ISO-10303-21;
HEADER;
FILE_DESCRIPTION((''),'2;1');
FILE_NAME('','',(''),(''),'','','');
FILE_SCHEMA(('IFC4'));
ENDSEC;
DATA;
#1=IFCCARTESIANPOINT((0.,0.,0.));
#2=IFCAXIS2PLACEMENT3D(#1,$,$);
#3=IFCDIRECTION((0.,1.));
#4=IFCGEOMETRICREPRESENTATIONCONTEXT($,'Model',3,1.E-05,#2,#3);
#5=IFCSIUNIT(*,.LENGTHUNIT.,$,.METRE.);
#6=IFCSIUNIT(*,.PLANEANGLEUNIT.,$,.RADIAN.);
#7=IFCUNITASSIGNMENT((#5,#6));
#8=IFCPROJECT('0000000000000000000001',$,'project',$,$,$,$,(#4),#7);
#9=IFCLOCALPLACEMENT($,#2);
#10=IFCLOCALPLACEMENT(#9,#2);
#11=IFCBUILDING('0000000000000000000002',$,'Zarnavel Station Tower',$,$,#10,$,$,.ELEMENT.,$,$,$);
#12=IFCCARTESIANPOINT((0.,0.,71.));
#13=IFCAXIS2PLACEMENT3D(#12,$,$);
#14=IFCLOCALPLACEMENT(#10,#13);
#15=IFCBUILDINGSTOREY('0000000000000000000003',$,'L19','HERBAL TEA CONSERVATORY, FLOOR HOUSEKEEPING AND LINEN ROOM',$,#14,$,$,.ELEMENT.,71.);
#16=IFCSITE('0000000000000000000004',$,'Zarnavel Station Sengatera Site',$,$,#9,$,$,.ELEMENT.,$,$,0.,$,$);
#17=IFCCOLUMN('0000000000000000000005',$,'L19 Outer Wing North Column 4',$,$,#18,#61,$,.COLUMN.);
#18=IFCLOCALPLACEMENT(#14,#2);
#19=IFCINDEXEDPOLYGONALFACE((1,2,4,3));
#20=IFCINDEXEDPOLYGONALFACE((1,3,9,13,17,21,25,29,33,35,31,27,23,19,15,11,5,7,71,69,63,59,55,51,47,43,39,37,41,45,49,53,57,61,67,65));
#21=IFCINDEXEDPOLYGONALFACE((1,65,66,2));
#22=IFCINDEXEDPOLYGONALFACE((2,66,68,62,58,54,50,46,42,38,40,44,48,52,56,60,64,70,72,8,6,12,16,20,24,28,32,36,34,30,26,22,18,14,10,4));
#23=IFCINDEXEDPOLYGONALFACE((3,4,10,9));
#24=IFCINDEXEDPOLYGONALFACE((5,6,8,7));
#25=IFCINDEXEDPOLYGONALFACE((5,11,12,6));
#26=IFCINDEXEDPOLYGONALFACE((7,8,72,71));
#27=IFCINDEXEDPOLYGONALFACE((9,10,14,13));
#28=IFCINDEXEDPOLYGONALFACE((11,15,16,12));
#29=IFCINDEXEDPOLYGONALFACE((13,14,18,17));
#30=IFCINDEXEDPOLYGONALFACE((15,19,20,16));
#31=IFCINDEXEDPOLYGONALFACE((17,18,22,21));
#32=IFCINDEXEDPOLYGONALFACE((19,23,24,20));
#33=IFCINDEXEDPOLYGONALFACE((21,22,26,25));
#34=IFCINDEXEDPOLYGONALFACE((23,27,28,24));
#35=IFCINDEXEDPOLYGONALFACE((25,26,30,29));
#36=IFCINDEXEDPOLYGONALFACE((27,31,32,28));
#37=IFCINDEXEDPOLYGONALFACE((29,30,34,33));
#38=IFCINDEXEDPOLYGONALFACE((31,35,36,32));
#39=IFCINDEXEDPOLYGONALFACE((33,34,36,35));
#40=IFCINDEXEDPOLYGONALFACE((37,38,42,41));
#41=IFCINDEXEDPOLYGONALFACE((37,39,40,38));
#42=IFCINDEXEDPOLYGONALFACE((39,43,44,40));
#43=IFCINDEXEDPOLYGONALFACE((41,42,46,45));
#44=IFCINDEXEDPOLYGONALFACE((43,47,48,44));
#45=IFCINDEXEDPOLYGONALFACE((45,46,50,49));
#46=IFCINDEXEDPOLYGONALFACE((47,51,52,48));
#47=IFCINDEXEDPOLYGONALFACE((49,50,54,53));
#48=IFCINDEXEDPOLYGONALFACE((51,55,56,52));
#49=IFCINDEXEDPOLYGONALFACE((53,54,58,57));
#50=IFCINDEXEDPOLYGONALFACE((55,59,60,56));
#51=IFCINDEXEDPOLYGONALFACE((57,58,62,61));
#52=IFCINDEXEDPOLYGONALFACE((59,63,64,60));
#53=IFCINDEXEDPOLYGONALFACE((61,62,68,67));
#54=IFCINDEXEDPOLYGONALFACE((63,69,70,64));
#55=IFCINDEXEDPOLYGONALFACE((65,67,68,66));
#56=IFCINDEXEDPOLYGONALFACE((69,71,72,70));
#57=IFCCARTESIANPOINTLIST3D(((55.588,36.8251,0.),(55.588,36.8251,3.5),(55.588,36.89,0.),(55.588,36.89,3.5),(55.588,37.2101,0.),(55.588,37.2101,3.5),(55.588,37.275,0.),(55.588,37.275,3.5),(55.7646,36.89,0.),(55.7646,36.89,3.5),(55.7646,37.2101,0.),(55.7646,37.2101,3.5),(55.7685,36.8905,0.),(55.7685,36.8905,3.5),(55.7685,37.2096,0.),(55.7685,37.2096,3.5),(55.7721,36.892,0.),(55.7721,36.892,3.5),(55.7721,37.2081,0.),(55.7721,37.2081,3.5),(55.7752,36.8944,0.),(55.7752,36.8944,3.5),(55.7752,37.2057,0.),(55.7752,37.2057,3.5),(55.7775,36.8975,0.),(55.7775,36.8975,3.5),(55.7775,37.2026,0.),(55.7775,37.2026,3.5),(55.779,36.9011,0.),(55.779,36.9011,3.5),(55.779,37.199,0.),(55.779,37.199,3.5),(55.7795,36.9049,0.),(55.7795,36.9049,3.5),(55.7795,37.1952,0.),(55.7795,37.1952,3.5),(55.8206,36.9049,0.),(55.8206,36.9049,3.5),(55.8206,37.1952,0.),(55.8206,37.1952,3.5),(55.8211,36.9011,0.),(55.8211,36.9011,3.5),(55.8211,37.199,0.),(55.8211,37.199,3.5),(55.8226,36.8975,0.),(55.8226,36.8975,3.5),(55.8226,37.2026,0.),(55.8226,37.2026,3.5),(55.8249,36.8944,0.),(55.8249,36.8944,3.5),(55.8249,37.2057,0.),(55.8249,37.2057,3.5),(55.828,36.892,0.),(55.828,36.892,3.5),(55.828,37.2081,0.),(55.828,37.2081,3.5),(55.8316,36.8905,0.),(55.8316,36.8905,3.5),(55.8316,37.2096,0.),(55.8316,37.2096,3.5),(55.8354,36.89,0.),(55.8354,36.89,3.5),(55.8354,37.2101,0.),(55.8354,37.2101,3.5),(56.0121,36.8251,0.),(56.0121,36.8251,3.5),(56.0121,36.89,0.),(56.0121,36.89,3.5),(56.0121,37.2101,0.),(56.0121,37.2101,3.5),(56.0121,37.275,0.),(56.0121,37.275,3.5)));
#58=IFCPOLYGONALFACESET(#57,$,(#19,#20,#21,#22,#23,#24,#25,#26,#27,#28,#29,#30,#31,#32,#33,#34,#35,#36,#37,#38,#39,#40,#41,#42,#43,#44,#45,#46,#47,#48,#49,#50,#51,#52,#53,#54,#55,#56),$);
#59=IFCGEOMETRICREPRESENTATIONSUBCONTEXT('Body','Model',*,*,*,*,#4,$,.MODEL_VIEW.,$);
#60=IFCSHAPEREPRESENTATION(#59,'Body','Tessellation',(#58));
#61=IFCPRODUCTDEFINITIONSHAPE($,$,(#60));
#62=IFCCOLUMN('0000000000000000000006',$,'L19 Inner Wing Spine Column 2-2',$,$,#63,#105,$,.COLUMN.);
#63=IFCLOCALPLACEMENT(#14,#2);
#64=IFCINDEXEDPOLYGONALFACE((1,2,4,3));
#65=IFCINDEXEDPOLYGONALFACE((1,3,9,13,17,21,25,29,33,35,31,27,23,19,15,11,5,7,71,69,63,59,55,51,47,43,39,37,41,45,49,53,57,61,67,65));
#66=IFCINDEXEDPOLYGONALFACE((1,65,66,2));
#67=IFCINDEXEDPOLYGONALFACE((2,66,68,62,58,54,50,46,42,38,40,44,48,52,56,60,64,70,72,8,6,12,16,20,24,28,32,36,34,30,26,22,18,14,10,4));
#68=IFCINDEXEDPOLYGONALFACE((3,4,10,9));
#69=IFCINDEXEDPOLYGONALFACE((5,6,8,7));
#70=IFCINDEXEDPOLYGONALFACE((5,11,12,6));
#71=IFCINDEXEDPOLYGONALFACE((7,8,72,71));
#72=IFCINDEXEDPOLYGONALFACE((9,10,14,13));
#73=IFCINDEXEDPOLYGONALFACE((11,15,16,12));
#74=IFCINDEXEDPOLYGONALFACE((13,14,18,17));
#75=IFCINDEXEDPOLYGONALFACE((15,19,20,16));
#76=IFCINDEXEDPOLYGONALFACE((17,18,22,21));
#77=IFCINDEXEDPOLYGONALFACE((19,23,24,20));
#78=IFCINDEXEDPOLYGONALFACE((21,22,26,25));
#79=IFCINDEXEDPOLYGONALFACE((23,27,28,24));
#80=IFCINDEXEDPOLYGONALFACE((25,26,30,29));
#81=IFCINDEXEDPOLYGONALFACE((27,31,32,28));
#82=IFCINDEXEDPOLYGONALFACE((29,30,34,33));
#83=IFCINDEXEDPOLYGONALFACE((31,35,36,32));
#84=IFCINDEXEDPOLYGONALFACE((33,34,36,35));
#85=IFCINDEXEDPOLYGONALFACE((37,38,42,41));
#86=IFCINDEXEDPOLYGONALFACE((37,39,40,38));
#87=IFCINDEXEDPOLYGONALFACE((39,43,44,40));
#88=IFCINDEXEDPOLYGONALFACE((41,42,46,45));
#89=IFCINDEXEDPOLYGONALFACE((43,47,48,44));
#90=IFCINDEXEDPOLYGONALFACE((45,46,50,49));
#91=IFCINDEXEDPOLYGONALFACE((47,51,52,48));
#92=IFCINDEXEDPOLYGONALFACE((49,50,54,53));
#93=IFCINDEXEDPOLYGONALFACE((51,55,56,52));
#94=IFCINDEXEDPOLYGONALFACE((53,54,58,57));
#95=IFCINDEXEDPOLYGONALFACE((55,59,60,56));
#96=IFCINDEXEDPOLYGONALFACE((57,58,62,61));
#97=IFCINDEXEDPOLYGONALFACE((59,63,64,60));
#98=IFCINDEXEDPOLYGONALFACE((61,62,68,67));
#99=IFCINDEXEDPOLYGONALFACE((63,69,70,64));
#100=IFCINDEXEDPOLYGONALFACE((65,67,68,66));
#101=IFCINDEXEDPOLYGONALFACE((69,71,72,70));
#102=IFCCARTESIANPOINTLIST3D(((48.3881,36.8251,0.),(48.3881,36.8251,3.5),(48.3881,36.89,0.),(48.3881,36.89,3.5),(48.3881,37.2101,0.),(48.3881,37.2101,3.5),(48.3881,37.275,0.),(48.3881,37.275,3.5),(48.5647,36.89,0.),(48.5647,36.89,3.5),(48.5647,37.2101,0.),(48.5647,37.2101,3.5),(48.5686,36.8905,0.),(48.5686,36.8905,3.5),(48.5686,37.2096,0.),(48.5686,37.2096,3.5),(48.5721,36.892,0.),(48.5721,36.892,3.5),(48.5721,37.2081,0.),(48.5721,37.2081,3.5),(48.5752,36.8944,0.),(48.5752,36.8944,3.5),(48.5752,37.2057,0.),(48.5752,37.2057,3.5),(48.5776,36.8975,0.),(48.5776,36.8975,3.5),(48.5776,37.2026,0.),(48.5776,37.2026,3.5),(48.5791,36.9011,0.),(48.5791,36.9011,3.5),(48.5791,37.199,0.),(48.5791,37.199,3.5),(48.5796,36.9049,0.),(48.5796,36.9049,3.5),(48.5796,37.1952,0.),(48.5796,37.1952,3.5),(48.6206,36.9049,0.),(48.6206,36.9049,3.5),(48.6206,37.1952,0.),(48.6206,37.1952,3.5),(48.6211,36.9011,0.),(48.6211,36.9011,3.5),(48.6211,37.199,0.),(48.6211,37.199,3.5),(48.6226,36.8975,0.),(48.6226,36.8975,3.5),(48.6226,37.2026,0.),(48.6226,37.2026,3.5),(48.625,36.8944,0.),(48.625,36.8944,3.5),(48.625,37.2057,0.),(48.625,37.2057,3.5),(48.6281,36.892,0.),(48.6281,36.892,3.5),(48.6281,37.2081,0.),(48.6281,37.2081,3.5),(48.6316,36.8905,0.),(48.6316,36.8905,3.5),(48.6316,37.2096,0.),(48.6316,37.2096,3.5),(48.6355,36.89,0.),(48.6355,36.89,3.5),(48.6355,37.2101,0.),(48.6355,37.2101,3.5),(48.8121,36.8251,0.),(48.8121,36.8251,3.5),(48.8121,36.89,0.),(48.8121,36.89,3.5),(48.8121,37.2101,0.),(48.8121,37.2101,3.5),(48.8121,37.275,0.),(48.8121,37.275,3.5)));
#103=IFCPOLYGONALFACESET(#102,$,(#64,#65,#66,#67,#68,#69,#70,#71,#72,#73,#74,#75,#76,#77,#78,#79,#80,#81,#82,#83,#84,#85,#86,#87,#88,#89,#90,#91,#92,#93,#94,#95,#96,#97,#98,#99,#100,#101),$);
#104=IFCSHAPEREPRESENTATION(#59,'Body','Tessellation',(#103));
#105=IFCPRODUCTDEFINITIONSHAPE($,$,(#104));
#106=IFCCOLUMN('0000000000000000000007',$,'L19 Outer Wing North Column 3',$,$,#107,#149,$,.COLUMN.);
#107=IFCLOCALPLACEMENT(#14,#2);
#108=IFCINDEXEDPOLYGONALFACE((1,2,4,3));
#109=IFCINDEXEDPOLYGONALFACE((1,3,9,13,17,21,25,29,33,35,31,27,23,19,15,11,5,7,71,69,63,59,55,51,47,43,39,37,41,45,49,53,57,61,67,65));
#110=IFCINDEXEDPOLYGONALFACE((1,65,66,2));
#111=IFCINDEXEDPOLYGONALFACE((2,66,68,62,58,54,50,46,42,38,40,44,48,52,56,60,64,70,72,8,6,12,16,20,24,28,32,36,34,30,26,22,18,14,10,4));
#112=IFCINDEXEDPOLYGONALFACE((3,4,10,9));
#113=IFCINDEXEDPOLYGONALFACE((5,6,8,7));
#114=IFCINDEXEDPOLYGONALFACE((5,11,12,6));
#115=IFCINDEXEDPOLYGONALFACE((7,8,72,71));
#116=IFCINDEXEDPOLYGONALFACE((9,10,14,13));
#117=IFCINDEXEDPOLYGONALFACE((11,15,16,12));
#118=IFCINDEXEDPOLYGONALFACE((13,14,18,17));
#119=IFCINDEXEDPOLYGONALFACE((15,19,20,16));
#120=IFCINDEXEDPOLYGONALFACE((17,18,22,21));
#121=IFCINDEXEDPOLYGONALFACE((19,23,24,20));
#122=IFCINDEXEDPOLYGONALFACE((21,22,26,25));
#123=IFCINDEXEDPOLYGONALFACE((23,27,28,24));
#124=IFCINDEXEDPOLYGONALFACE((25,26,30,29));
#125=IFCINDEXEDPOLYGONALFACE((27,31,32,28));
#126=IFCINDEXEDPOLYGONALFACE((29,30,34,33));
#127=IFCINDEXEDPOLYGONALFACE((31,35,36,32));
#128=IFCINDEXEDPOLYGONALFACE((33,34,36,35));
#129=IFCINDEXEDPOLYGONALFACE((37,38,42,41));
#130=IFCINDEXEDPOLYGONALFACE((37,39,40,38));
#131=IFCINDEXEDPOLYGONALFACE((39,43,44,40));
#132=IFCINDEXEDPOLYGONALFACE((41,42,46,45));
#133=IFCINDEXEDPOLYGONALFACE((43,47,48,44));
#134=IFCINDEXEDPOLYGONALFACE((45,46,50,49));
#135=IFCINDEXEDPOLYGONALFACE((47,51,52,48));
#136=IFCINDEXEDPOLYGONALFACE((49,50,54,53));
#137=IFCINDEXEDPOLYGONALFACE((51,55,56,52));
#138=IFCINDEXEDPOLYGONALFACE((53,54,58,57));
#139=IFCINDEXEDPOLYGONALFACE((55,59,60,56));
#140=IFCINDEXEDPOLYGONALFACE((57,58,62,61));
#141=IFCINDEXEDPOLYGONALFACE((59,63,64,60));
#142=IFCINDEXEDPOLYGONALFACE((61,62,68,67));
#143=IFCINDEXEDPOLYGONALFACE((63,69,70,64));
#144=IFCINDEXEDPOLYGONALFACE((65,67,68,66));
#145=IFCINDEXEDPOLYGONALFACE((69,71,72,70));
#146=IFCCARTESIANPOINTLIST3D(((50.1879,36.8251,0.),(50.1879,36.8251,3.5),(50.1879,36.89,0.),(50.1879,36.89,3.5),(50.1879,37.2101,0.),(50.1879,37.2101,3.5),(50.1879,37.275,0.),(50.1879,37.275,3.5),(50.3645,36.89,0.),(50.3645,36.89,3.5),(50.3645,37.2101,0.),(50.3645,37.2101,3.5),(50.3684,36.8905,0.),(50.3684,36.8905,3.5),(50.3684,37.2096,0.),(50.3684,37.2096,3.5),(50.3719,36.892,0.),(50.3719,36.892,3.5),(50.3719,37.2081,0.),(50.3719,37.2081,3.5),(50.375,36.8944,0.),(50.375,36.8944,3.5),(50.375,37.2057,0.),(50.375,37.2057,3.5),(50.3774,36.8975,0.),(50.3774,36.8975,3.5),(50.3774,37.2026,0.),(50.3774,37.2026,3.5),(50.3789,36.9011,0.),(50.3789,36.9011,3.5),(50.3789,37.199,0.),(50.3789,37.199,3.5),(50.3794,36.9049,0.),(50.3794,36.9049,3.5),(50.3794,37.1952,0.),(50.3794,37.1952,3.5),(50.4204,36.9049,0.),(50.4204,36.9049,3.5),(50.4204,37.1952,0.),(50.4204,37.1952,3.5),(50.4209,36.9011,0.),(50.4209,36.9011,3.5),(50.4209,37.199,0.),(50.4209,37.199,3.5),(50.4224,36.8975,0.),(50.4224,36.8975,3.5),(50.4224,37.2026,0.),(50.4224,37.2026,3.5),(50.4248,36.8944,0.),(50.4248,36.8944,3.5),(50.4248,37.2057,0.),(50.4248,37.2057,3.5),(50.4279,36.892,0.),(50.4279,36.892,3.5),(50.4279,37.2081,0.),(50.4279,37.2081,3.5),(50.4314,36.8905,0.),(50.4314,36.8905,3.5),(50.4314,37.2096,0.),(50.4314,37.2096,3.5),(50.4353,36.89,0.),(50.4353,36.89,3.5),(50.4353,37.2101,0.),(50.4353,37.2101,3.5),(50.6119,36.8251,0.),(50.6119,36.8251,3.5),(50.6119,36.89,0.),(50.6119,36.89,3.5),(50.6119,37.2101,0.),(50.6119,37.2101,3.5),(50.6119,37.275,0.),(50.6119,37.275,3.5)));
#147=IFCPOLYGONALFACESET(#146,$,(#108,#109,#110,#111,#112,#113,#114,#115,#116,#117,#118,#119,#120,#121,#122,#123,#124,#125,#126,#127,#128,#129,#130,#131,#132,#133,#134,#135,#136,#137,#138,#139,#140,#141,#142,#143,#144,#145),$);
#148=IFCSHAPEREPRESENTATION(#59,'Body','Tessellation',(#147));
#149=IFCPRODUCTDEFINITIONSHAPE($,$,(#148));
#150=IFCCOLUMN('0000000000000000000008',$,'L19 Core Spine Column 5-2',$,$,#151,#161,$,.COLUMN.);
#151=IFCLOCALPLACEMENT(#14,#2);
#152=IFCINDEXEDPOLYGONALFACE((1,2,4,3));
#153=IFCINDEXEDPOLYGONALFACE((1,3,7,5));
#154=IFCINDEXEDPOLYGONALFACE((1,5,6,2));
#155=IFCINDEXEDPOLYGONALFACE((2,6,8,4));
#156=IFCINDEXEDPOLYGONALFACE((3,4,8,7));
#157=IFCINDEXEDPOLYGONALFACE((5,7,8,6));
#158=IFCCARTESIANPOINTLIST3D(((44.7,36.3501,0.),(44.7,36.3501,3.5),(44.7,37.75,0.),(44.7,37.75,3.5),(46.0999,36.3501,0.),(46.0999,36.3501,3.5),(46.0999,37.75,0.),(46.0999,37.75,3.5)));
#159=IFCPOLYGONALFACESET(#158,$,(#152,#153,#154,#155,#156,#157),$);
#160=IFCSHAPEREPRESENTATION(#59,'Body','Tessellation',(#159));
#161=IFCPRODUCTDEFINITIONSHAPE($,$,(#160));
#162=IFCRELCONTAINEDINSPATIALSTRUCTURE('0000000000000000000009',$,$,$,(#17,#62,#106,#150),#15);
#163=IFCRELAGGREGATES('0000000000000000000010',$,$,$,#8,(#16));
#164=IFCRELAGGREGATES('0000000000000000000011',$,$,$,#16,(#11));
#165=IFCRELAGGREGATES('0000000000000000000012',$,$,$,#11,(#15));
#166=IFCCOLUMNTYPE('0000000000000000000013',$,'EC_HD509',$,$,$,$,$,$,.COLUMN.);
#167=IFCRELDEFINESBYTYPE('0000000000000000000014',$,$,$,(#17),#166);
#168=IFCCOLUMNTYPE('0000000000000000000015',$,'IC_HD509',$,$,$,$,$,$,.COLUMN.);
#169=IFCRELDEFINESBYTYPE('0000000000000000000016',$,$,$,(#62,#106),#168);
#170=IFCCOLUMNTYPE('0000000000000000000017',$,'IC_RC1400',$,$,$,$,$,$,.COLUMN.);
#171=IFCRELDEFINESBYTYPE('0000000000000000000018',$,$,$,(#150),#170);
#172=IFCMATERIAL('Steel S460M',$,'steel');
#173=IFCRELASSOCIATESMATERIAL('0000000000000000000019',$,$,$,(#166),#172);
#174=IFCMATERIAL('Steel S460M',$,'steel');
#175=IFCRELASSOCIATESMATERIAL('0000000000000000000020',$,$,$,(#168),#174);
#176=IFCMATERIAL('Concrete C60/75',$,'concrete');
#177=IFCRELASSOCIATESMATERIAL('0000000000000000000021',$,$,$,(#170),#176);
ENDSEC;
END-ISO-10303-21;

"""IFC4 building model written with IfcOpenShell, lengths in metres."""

from ifc_helpers import new_model, si_unit, direction, frame, origin, origin_2d, place, context, subcontext, project, spatial, rectangle, i_section, extrude, material, material_profile, profile_set, type_object, element, save


model = new_model("IFC4")

# Units and contexts
model_context = context("Model", 3, precision=1e-05, world=origin(), true_north=direction((0.0, 1.0)))
body_context = subcontext(model_context, "Body", "Model", "MODEL_VIEW")
ifc_project = project(units=[si_unit("LENGTHUNIT", "METRE"), si_unit("PLANEANGLEUNIT", "RADIAN")], contexts=[model_context])

# Site, building, storey
site_placement = place(None, origin())
site = spatial("IfcSite", under=ifc_project, at=site_placement, Name="Zarnavel Station Sengatera Site", CompositionType="ELEMENT", RefElevation=0.0)
building_placement = place(site_placement, origin())
building = spatial("IfcBuilding", under=site, at=building_placement, Name="Zarnavel Station Tower", CompositionType="ELEMENT")
storey_placement = place(building_placement, frame((0.0, 0.0, 71.0)))
storey = spatial("IfcBuildingStorey", under=building, at=storey_placement, Name="L19", Description="HERBAL TEA CONSERVATORY, FLOOR HOUSEKEEPING AND LINEN ROOM", CompositionType="ELEMENT", Elevation=71.0)

# Columns
ifc_material_1 = material(Name="Steel S460M", Category="steel")
ifc_material_profile_1 = material_profile(ifc_material_1, i_section(OverallWidth=0.4241, OverallDepth=0.45, WebThickness=0.041, FlangeThickness=0.0649, FilletRadius=0.0149, at=origin_2d()), Name="HD400x509")
ifc_profile_set_1 = profile_set([ifc_material_profile_1], Name="Steel S460M")
column_type_1 = type_object("IfcColumnType", Name="EC_HD509", PredefinedType="COLUMN", material=ifc_profile_set_1)
column_1_placement = place(storey_placement, frame((55.8, 37.05, 0.0), z_axis=(0.0, 0.0, 1.0), x_axis=(1.0, 0.0, 0.0)))
element("IfcColumn", 1, at=column_1_placement, inside=storey, type_object=column_type_1, Name="L19 Outer Wing North Column 4", PredefinedType="COLUMN", context=body_context, shape_type="SweptSolid", body=[
    extrude(i_section(OverallWidth=0.4241, OverallDepth=0.45, WebThickness=0.041, FlangeThickness=0.0649, FilletRadius=0.0149, at=origin_2d()), origin(), (0.0, 0.0, 1.0), 3.5),
])
ifc_material_2 = material(Name="Steel S460M", Category="steel")
ifc_material_profile_2 = material_profile(ifc_material_2, i_section(OverallWidth=0.4241, OverallDepth=0.45, WebThickness=0.041, FlangeThickness=0.0649, FilletRadius=0.0149, at=origin_2d()), Name="HD400x509")
ifc_profile_set_2 = profile_set([ifc_material_profile_2], Name="Steel S460M")
column_type_2 = type_object("IfcColumnType", Name="IC_HD509", PredefinedType="COLUMN", material=ifc_profile_set_2)
for number, where, z_axis, x_axis, name in (
    (2, (48.6001, 37.05, 0.0), (0.0, 0.0, 1.0), (1.0, 0.0, 0.0), "L19 Inner Wing Spine Column 2-2"),
    (3, (50.3999, 37.05, 0.0), (0.0, 0.0, 1.0), (1.0, 0.0, 0.0), "L19 Outer Wing North Column 3"),
):
    element("IfcColumn", number, at=place(storey_placement, frame(where, z_axis=z_axis, x_axis=x_axis)), inside=storey, type_object=column_type_2, Name=name, PredefinedType="COLUMN", context=body_context, shape_type="SweptSolid", body=[
        extrude(i_section(OverallWidth=0.4241, OverallDepth=0.45, WebThickness=0.041, FlangeThickness=0.0649, FilletRadius=0.0149, at=origin_2d()), origin(), (0.0, 0.0, 1.0), 3.5),
    ])
ifc_material_3 = material(Name="Concrete C60/75", Category="concrete")
ifc_material_profile_3 = material_profile(ifc_material_3, rectangle(XDim=1.3999, YDim=1.3999, at=origin_2d()), Name="RC1400x1400")
ifc_profile_set_3 = profile_set([ifc_material_profile_3], Name="Concrete C60/75")
column_type_3 = type_object("IfcColumnType", Name="IC_RC1400", PredefinedType="COLUMN", material=ifc_profile_set_3)
column_2_placement = place(storey_placement, frame((45.3999, 37.05, 0.0), z_axis=(0.0, 0.0, 1.0), x_axis=(1.0, 0.0, 0.0)))
element("IfcColumn", 4, at=column_2_placement, inside=storey, type_object=column_type_3, Name="L19 Core Spine Column 5-2", PredefinedType="COLUMN", context=body_context, shape_type="SweptSolid", body=[
    extrude(rectangle(XDim=1.3999, YDim=1.3999, at=origin_2d()), origin(), (0.0, 0.0, 1.0), 3.5),
])

save(model, "model.ifc")
